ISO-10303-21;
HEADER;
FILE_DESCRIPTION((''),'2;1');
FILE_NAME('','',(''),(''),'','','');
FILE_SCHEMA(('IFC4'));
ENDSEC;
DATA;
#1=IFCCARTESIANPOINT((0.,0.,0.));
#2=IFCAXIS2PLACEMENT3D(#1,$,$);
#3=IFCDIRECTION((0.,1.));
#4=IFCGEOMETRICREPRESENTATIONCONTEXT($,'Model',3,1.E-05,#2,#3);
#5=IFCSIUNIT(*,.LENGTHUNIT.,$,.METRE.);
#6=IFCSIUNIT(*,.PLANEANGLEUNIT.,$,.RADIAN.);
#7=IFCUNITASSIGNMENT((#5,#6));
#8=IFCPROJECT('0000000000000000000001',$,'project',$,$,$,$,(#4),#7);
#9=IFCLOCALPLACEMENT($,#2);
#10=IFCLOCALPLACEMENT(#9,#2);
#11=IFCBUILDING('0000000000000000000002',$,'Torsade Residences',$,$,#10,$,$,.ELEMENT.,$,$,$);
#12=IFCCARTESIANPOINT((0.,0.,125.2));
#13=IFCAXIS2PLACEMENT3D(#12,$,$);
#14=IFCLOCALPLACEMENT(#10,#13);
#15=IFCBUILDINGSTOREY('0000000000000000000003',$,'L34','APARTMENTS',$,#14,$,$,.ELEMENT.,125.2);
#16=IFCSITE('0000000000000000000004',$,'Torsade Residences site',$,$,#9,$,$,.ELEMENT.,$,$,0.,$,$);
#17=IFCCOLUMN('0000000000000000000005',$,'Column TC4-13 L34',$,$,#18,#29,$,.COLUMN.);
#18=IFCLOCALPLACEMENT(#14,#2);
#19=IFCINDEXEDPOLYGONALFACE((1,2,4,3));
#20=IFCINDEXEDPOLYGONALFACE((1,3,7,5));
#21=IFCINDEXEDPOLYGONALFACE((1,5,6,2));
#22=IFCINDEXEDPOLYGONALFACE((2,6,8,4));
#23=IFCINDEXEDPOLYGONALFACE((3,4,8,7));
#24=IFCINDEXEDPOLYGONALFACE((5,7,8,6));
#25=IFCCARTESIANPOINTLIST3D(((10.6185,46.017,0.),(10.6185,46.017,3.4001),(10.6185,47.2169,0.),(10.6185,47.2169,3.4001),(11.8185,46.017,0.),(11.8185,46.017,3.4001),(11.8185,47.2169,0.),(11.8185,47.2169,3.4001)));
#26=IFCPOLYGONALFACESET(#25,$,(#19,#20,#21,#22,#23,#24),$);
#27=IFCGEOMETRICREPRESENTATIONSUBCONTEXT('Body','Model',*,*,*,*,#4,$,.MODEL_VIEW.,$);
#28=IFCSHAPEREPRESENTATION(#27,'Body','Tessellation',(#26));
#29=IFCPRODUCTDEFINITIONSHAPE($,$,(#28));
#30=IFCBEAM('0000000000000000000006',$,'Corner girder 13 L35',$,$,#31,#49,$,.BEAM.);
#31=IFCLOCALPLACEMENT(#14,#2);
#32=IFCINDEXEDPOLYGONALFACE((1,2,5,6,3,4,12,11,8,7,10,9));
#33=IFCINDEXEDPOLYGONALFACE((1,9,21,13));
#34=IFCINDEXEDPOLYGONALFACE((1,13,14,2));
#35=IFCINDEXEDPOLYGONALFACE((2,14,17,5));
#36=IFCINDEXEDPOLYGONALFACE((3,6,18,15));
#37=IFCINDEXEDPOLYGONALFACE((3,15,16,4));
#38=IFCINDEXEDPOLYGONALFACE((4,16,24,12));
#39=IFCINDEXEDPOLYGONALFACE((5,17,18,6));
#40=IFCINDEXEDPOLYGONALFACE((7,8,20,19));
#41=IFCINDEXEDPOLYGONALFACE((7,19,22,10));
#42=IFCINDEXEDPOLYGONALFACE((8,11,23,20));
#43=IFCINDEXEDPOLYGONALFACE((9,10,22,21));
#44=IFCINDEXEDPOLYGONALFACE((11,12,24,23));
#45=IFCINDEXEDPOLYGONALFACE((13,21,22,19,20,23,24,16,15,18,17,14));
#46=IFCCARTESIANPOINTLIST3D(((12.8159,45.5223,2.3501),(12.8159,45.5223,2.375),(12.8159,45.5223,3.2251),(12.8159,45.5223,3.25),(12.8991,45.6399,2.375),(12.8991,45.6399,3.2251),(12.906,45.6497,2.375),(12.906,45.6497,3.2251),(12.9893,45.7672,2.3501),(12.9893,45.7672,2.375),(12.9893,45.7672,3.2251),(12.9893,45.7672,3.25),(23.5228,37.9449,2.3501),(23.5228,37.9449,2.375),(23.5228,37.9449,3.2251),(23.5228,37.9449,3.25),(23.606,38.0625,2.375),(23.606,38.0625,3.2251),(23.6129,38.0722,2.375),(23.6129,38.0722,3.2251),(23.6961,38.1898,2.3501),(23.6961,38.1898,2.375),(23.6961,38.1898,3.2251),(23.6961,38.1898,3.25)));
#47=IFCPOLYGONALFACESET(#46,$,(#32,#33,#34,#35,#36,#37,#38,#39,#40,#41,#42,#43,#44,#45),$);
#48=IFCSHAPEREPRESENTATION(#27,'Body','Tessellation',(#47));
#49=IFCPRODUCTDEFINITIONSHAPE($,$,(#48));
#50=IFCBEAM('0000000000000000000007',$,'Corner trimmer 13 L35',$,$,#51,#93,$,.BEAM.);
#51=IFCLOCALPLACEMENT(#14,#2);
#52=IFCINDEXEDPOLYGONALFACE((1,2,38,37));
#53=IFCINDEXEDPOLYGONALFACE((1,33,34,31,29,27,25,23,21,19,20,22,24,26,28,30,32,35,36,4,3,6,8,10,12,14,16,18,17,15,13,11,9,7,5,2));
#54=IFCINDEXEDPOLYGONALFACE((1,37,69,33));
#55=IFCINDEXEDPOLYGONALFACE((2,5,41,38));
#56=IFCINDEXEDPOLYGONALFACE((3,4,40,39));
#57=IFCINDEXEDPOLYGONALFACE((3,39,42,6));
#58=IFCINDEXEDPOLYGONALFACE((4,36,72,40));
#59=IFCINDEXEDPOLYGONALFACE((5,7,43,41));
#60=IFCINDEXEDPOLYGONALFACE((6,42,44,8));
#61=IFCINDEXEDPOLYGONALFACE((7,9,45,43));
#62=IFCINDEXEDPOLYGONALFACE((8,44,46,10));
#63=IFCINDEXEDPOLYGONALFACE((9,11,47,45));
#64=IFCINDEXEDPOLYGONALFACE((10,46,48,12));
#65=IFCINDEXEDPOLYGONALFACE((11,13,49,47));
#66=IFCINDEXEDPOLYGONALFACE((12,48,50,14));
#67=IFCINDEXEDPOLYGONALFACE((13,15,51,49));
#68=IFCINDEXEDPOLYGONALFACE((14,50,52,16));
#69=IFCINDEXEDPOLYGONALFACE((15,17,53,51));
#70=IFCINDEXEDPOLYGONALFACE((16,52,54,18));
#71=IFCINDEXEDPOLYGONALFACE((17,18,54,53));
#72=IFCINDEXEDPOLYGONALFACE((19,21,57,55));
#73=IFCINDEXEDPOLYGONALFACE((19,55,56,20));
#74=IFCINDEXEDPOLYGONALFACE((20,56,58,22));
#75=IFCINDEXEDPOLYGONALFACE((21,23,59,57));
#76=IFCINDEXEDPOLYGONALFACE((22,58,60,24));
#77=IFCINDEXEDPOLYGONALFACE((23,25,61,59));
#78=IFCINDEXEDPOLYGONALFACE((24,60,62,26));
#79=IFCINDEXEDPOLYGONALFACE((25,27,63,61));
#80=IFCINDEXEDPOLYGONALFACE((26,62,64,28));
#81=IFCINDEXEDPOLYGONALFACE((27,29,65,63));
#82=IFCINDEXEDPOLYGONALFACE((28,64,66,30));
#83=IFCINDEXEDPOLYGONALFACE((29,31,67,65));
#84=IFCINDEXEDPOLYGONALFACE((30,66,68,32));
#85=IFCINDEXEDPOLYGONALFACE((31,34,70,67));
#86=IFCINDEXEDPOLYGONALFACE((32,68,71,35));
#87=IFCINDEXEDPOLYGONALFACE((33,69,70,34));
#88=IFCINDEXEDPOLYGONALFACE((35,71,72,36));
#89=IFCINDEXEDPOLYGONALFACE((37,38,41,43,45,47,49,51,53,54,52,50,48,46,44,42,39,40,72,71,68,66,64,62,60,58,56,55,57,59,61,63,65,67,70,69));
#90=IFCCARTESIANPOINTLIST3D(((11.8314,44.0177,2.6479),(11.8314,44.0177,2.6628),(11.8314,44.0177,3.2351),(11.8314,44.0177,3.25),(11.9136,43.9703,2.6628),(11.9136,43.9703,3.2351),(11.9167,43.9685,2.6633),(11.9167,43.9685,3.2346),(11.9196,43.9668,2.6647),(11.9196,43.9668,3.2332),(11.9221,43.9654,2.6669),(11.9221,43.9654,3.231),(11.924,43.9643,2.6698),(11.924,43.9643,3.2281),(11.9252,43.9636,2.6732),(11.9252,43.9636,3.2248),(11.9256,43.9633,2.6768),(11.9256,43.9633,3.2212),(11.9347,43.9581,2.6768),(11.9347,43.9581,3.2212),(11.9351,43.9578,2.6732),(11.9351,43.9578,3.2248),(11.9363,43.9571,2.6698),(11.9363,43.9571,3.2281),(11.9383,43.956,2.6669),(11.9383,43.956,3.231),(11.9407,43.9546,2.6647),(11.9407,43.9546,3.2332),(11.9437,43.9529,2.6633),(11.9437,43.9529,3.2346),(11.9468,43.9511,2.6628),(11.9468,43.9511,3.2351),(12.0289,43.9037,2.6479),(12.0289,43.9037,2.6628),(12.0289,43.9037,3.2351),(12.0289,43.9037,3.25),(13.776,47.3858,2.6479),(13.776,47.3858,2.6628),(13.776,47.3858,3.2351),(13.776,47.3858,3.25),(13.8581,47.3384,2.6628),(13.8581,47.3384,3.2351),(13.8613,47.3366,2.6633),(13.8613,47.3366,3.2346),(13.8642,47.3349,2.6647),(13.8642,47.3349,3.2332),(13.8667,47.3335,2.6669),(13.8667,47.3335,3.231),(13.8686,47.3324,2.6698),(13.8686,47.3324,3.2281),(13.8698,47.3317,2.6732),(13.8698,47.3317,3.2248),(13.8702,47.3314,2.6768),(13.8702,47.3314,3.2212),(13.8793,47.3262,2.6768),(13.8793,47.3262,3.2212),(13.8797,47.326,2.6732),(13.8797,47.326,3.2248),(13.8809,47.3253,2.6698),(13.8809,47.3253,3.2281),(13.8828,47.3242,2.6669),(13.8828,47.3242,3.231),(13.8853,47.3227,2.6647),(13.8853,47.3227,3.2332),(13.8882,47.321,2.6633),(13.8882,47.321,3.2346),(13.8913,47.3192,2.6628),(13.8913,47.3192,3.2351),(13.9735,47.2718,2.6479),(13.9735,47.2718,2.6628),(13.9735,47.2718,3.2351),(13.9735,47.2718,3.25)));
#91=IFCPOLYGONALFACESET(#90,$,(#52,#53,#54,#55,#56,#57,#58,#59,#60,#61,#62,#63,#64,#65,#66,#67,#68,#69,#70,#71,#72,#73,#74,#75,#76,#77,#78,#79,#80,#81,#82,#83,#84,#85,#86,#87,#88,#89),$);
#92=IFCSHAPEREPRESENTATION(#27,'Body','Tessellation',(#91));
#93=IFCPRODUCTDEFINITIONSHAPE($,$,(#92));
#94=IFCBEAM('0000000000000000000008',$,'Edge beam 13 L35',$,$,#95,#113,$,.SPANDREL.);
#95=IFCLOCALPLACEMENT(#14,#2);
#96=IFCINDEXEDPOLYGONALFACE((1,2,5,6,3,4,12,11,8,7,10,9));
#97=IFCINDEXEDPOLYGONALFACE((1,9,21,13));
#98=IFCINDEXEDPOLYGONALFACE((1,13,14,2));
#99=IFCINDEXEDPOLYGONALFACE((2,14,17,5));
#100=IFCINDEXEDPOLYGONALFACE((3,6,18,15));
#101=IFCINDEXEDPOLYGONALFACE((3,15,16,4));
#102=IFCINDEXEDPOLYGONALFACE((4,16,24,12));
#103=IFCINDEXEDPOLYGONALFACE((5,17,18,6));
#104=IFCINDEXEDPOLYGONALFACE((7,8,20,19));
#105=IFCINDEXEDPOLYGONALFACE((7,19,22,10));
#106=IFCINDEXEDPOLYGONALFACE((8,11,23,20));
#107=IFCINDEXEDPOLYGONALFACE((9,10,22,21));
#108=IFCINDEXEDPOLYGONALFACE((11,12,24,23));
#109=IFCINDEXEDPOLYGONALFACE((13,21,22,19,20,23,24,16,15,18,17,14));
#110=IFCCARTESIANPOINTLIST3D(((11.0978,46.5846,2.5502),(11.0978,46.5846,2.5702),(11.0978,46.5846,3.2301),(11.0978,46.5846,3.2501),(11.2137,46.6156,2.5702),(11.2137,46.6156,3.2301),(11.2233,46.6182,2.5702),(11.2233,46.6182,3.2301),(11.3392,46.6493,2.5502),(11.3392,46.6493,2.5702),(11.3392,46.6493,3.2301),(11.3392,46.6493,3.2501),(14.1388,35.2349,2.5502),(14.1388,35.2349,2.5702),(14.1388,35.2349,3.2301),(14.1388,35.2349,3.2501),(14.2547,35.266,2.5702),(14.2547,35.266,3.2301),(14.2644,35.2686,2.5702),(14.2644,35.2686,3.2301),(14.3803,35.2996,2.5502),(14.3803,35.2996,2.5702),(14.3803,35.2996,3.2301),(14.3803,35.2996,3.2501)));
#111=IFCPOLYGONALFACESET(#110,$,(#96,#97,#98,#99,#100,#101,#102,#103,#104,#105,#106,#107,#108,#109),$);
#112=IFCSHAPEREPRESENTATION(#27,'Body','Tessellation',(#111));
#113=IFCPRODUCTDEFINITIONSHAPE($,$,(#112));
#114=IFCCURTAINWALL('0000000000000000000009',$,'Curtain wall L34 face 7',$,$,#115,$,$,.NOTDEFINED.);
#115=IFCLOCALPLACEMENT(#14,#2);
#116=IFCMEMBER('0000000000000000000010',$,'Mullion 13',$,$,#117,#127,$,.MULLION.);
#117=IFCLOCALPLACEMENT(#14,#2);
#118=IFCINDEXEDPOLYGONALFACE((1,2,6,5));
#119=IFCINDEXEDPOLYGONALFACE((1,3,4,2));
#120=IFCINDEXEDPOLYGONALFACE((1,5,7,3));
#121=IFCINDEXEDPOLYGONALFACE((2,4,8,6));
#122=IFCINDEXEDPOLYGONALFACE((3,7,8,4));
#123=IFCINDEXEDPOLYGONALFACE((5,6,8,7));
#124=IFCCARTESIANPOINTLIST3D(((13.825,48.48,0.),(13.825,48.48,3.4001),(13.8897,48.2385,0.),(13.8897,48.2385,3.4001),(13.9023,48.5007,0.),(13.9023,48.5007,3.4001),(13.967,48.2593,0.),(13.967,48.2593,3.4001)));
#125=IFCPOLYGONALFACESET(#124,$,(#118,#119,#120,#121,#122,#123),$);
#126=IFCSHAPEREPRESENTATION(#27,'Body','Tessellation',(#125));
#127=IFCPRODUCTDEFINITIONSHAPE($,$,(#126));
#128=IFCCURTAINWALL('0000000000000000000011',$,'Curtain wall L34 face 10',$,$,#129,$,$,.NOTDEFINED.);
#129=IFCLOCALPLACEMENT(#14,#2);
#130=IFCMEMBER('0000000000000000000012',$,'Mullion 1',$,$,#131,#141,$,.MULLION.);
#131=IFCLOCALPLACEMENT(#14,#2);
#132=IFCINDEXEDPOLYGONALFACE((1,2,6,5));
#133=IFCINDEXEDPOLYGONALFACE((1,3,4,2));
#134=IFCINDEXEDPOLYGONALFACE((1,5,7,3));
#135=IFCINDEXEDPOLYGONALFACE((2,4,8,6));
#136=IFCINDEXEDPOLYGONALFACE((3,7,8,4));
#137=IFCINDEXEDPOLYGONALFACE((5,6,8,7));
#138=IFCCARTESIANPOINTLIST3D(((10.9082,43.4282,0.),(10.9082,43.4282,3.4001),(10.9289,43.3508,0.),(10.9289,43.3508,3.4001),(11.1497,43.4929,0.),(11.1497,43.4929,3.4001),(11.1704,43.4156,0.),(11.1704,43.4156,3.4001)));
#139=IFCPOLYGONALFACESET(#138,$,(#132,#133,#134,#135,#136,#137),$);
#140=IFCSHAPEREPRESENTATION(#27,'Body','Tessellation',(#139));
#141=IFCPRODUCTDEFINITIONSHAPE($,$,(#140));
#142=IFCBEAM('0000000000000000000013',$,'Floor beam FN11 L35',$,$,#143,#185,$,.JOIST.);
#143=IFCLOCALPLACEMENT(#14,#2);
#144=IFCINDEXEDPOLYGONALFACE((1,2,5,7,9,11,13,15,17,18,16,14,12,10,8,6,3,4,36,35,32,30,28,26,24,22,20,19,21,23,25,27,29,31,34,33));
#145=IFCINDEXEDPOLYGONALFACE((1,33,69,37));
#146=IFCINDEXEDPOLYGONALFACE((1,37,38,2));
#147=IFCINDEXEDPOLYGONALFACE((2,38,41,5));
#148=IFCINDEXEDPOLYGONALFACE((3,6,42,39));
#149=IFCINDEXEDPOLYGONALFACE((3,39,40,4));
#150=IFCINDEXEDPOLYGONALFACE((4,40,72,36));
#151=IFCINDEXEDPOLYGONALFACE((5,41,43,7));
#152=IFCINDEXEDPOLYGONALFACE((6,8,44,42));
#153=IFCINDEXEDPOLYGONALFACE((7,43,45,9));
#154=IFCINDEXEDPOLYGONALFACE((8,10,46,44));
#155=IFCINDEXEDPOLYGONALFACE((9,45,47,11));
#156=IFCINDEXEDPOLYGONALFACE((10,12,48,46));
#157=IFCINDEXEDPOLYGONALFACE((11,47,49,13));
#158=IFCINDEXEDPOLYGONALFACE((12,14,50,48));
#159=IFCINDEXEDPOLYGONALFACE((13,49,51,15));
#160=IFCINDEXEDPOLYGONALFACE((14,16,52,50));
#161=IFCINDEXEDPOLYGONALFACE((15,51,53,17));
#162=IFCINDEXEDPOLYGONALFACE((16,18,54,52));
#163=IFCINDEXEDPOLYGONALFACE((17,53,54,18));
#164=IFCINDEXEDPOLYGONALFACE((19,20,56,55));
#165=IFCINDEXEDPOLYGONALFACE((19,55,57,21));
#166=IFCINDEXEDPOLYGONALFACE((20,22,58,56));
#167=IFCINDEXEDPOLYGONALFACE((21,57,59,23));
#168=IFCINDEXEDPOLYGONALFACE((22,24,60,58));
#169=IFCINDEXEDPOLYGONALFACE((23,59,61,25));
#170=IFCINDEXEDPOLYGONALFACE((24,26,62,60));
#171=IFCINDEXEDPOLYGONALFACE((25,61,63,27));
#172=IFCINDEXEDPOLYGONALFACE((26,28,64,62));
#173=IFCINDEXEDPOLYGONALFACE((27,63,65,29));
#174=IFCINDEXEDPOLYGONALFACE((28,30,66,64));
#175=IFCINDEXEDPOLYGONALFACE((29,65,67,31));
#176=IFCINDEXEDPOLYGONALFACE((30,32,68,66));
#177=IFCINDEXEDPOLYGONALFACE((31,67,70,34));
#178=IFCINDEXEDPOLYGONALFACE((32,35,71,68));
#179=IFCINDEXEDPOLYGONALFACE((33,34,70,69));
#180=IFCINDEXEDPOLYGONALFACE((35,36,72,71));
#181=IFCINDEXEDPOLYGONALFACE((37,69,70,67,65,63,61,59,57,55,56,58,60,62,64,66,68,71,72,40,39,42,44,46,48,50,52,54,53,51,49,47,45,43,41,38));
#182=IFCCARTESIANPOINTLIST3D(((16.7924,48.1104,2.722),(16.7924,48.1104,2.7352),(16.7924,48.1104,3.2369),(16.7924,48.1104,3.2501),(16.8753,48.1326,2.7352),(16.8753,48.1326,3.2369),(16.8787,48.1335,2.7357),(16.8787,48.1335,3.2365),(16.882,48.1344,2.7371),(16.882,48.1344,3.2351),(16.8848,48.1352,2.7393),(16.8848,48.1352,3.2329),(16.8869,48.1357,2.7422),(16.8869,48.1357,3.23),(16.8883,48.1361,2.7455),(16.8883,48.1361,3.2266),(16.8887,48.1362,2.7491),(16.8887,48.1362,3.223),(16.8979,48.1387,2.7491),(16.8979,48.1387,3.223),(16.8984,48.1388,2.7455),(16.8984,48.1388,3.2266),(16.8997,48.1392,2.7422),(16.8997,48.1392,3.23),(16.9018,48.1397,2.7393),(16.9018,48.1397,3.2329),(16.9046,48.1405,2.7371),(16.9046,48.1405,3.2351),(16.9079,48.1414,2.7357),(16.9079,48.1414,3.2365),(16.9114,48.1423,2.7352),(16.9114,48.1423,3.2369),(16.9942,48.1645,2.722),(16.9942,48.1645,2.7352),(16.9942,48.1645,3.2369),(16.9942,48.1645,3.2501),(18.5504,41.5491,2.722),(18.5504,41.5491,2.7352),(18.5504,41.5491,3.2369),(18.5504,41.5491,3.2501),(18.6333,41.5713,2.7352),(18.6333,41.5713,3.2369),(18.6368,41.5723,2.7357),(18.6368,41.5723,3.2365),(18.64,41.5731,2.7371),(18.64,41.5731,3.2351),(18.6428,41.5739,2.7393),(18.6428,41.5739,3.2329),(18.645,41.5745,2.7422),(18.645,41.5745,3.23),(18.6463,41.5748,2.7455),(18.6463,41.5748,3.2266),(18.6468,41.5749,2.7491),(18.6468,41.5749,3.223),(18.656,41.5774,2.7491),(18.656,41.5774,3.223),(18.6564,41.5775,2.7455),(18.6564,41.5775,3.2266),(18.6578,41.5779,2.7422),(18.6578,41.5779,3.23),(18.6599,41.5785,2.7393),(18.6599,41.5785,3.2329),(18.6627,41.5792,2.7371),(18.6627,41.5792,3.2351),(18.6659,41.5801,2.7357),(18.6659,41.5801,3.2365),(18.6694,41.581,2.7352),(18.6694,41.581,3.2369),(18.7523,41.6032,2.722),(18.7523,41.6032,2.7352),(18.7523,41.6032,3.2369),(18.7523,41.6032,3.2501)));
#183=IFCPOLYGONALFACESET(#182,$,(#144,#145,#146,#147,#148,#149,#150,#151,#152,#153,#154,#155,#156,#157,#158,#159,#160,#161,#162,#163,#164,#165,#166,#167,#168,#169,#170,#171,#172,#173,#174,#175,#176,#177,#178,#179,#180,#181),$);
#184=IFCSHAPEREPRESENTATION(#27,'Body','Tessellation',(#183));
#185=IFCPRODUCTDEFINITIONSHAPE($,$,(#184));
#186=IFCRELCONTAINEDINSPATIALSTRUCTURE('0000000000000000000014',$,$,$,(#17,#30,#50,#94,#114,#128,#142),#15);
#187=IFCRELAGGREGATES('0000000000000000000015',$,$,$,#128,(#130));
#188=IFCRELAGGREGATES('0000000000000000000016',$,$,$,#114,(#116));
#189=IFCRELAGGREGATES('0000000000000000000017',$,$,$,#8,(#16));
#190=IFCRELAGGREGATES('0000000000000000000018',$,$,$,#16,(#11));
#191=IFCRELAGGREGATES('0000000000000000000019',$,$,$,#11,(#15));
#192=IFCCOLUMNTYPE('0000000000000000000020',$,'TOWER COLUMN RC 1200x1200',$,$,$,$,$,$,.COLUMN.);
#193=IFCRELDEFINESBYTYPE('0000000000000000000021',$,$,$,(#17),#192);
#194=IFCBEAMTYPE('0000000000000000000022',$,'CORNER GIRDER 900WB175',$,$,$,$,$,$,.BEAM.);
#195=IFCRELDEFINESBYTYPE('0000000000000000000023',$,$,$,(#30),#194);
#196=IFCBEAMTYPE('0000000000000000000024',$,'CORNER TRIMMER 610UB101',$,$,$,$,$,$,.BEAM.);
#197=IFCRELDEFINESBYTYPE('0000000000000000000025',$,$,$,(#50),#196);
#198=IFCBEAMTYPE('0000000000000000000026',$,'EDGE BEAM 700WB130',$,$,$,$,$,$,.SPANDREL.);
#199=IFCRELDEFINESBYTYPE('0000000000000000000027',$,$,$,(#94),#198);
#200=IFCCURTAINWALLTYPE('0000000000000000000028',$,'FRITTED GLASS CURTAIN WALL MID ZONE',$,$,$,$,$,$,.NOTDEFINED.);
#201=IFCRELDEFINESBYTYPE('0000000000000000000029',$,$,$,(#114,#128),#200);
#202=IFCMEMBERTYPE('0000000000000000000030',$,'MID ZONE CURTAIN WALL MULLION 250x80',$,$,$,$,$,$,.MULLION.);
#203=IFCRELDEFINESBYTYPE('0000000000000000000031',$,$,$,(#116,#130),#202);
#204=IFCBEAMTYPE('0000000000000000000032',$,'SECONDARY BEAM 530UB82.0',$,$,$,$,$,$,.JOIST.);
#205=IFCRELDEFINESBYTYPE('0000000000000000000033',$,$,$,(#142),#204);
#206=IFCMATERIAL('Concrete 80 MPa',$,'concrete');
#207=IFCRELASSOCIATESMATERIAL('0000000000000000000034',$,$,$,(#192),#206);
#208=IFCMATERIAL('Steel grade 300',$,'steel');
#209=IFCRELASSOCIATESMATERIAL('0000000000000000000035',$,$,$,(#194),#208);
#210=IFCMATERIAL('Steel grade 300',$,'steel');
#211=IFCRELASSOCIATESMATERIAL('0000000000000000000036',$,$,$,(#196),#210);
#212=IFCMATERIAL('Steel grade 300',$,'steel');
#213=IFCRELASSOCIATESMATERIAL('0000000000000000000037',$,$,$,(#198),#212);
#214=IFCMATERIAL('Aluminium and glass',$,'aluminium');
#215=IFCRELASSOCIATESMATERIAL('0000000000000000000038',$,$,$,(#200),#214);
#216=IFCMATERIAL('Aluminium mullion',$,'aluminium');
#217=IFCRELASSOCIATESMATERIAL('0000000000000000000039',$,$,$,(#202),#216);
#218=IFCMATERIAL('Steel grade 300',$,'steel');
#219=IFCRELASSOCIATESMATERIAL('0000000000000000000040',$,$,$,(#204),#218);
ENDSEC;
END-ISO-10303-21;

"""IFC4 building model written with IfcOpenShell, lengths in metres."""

from ifc_helpers import new_model, si_unit, direction, frame, origin, origin_2d, place, context, subcontext, project, spatial, rectangle, i_section, extrude, material, material_profile, profile_set, type_object, element, aggregate, save


model = new_model("IFC4")

# Units and contexts
model_context = context("Model", 3, precision=1e-05, world=origin(), true_north=direction((0.0, 1.0)))
body_context = subcontext(model_context, "Body", "Model", "MODEL_VIEW")
ifc_project = project(units=[si_unit("LENGTHUNIT", "METRE"), si_unit("PLANEANGLEUNIT", "RADIAN")], contexts=[model_context])

# Site, building, storey
site_placement = place(None, origin())
site = spatial("IfcSite", under=ifc_project, at=site_placement, Name="Torsade Residences site", CompositionType="ELEMENT", RefElevation=0.0)
building_placement = place(site_placement, origin())
building = spatial("IfcBuilding", under=site, at=building_placement, Name="Torsade Residences", CompositionType="ELEMENT")
storey_placement = place(building_placement, frame((0.0, 0.0, 125.2)))
storey = spatial("IfcBuildingStorey", under=building, at=storey_placement, Name="L34", Description="APARTMENTS", CompositionType="ELEMENT", Elevation=125.2)

# Column
ifc_material_1 = material(Name="Concrete 80 MPa", Category="concrete")
ifc_material_profile_1 = material_profile(ifc_material_1, rectangle(XDim=1.2, YDim=1.2, at=origin_2d()), Name="RC 1200x1200")
ifc_profile_set_1 = profile_set([ifc_material_profile_1], Name="Concrete 80 MPa")
column_type = type_object("IfcColumnType", Name="TOWER COLUMN RC 1200x1200", PredefinedType="COLUMN", material=ifc_profile_set_1)
column_placement = place(storey_placement, frame((11.2185, 46.6169, 0.0), z_axis=(0.0, 0.0, 1.0), x_axis=(1.0, 0.0, 0.0)))
element("IfcColumn", 1, at=column_placement, inside=storey, type_object=column_type, Name="Column TC4-13 L34", PredefinedType="COLUMN", context=body_context, shape_type="SweptSolid", body=[
    extrude(rectangle(XDim=1.2, YDim=1.2, at=origin_2d()), origin(), (0.0, 0.0, 1.0), 3.4001),
])

# Beams
ifc_material_2 = material(Name="Steel grade 300", Category="steel")
ifc_material_profile_2 = material_profile(ifc_material_2, i_section(OverallWidth=0.3, OverallDepth=0.8999, WebThickness=0.012, FlangeThickness=0.0249, at=origin_2d()), Name="900WB175")
ifc_profile_set_2 = profile_set([ifc_material_profile_2], Name="Steel grade 300")
beam_type_1 = type_object("IfcBeamType", Name="CORNER GIRDER 900WB175", PredefinedType="BEAM", material=ifc_profile_set_2)
beam_1_placement = place(storey_placement, frame((12.9026, 45.6448, 2.8), z_axis=(0.816261, -0.577683, 0.0), x_axis=(0.577683, 0.816261, 0.0)))
element("IfcBeam", 2, at=beam_1_placement, inside=storey, type_object=beam_type_1, Name="Corner girder 13 L35", PredefinedType="BEAM", context=body_context, shape_type="SweptSolid", body=[
    extrude(i_section(OverallWidth=0.3, OverallDepth=0.8999, WebThickness=0.012, FlangeThickness=0.0249, at=origin_2d()), origin(), (0.0, 0.0, 1.0), 13.1169),
])
ifc_material_3 = material(Name="Steel grade 300", Category="steel")
ifc_material_profile_3 = material_profile(ifc_material_3, i_section(OverallWidth=0.228, OverallDepth=0.6021, WebThickness=0.0105, FlangeThickness=0.0149, FilletRadius=0.0139, at=origin_2d()), Name="610UB101")
ifc_profile_set_3 = profile_set([ifc_material_profile_3], Name="Steel grade 300")
beam_type_2 = type_object("IfcBeamType", Name="CORNER TRIMMER 610UB101", PredefinedType="BEAM", material=ifc_profile_set_3)
beam_2_placement = place(storey_placement, frame((11.9302, 43.9607, 2.949), z_axis=(0.499994, 0.866029, 0.0), x_axis=(-0.866029, 0.499994, 0.0)))
element("IfcBeam", 3, at=beam_2_placement, inside=storey, type_object=beam_type_2, Name="Corner trimmer 13 L35", PredefinedType="BEAM", context=body_context, shape_type="SweptSolid", body=[
    extrude(i_section(OverallWidth=0.228, OverallDepth=0.6021, WebThickness=0.0105, FlangeThickness=0.0149, FilletRadius=0.0139, at=origin_2d()), origin(), (0.0, 0.0, 1.0), 3.8892),
])
ifc_material_4 = material(Name="Steel grade 300", Category="steel")
ifc_material_profile_4 = material_profile(ifc_material_4, i_section(OverallWidth=0.25, OverallDepth=0.7, WebThickness=0.01, FlangeThickness=0.02, at=origin_2d()), Name="700WB130")
ifc_profile_set_4 = profile_set([ifc_material_profile_4], Name="Steel grade 300")
beam_type_3 = type_object("IfcBeamType", Name="EDGE BEAM 700WB130", PredefinedType="SPANDREL", material=ifc_profile_set_4)
beam_3_placement = place(storey_placement, frame((11.2185, 46.6169, 2.9001), z_axis=(0.258811, -0.965928, 0.0), x_axis=(0.965928, 0.258811, 0.0)))
element("IfcBeam", 4, at=beam_3_placement, inside=storey, type_object=beam_type_3, Name="Edge beam 13 L35", PredefinedType="SPANDREL", context=body_context, shape_type="SweptSolid", body=[
    extrude(i_section(OverallWidth=0.25, OverallDepth=0.7, WebThickness=0.01, FlangeThickness=0.02, at=origin_2d()), origin(), (0.0, 0.0, 1.0), 11.75),
])

# Curtain walls, members
ifc_material_5 = material(Name="Aluminium and glass", Category="aluminium")
curtain_wall_type = type_object("IfcCurtainWallType", Name="FRITTED GLASS CURTAIN WALL MID ZONE", PredefinedType="NOTDEFINED", material=ifc_material_5)
curtain_wall_1_placement = place(storey_placement, origin())
curtain_wall_1 = element("IfcCurtainWall", 5, at=curtain_wall_1_placement, inside=storey, type_object=curtain_wall_type, Name="Curtain wall L34 face 7", PredefinedType="NOTDEFINED")
ifc_material_6 = material(Name="Aluminium mullion", Category="aluminium")
ifc_material_profile_5 = material_profile(ifc_material_6, rectangle(XDim=0.25, YDim=0.0801, at=origin_2d()), Name="MID ZONE CURTAIN WALL MULLION 250x80")
ifc_profile_set_5 = profile_set([ifc_material_profile_5], Name="Aluminium mullion")
member_type = type_object("IfcMemberType", Name="MID ZONE CURTAIN WALL MULLION 250x80", PredefinedType="MULLION", material=ifc_profile_set_5)
member_1_placement = place(storey_placement, frame((13.896, 48.3696, 0.0), z_axis=(0.0, 0.0, 1.0), x_axis=(0.258819, -0.965926, 0.0)))
member_1 = element("IfcMember", 6, at=member_1_placement, type_object=member_type, Name="Mullion 13", PredefinedType="MULLION", context=body_context, shape_type="SweptSolid", body=[
    extrude(rectangle(XDim=0.25, YDim=0.0801, at=origin_2d()), origin(), (0.0, 0.0, 1.0), 3.4001),
])
curtain_wall_2_placement = place(storey_placement, origin())
curtain_wall_2 = element("IfcCurtainWall", 7, at=curtain_wall_2_placement, inside=storey, type_object=curtain_wall_type, Name="Curtain wall L34 face 10", PredefinedType="NOTDEFINED")
member_2_placement = place(storey_placement, frame((11.0393, 43.4219, 0.0), z_axis=(0.0, 0.0, 1.0), x_axis=(0.965926, 0.258819, 0.0)))
member_2 = element("IfcMember", 8, at=member_2_placement, type_object=member_type, Name="Mullion 1", PredefinedType="MULLION", context=body_context, shape_type="SweptSolid", body=[
    extrude(rectangle(XDim=0.25, YDim=0.0801, at=origin_2d()), origin(), (0.0, 0.0, 1.0), 3.4001),
])
aggregate(curtain_wall_2, [member_2])

# Beam
ifc_material_7 = material(Name="Steel grade 300", Category="steel")
ifc_material_profile_6 = material_profile(ifc_material_7, i_section(OverallWidth=0.209, OverallDepth=0.5281, WebThickness=0.0095, FlangeThickness=0.0132, FilletRadius=0.0139, at=origin_2d()), Name="530UB82.0")
ifc_profile_set_6 = profile_set([ifc_material_profile_6], Name="Steel grade 300")
beam_type_4 = type_object("IfcBeamType", Name="SECONDARY BEAM 530UB82.0", PredefinedType="JOIST", material=ifc_profile_set_6)
beam_4_placement = place(storey_placement, frame((16.8933, 48.1375, 2.9861), z_axis=(0.258815, -0.965927, 0.0), x_axis=(0.965927, 0.258815, 0.0)))
element("IfcBeam", 9, at=beam_4_placement, inside=storey, type_object=beam_type_4, Name="Floor beam FN11 L35", PredefinedType="JOIST", context=body_context, shape_type="SweptSolid", body=[
    extrude(i_section(OverallWidth=0.209, OverallDepth=0.5281, WebThickness=0.0095, FlangeThickness=0.0132, FilletRadius=0.0139, at=origin_2d()), origin(), (0.0, 0.0, 1.0), 6.7927),
])

aggregate(curtain_wall_1, [member_1])

save(model, "model.ifc")
